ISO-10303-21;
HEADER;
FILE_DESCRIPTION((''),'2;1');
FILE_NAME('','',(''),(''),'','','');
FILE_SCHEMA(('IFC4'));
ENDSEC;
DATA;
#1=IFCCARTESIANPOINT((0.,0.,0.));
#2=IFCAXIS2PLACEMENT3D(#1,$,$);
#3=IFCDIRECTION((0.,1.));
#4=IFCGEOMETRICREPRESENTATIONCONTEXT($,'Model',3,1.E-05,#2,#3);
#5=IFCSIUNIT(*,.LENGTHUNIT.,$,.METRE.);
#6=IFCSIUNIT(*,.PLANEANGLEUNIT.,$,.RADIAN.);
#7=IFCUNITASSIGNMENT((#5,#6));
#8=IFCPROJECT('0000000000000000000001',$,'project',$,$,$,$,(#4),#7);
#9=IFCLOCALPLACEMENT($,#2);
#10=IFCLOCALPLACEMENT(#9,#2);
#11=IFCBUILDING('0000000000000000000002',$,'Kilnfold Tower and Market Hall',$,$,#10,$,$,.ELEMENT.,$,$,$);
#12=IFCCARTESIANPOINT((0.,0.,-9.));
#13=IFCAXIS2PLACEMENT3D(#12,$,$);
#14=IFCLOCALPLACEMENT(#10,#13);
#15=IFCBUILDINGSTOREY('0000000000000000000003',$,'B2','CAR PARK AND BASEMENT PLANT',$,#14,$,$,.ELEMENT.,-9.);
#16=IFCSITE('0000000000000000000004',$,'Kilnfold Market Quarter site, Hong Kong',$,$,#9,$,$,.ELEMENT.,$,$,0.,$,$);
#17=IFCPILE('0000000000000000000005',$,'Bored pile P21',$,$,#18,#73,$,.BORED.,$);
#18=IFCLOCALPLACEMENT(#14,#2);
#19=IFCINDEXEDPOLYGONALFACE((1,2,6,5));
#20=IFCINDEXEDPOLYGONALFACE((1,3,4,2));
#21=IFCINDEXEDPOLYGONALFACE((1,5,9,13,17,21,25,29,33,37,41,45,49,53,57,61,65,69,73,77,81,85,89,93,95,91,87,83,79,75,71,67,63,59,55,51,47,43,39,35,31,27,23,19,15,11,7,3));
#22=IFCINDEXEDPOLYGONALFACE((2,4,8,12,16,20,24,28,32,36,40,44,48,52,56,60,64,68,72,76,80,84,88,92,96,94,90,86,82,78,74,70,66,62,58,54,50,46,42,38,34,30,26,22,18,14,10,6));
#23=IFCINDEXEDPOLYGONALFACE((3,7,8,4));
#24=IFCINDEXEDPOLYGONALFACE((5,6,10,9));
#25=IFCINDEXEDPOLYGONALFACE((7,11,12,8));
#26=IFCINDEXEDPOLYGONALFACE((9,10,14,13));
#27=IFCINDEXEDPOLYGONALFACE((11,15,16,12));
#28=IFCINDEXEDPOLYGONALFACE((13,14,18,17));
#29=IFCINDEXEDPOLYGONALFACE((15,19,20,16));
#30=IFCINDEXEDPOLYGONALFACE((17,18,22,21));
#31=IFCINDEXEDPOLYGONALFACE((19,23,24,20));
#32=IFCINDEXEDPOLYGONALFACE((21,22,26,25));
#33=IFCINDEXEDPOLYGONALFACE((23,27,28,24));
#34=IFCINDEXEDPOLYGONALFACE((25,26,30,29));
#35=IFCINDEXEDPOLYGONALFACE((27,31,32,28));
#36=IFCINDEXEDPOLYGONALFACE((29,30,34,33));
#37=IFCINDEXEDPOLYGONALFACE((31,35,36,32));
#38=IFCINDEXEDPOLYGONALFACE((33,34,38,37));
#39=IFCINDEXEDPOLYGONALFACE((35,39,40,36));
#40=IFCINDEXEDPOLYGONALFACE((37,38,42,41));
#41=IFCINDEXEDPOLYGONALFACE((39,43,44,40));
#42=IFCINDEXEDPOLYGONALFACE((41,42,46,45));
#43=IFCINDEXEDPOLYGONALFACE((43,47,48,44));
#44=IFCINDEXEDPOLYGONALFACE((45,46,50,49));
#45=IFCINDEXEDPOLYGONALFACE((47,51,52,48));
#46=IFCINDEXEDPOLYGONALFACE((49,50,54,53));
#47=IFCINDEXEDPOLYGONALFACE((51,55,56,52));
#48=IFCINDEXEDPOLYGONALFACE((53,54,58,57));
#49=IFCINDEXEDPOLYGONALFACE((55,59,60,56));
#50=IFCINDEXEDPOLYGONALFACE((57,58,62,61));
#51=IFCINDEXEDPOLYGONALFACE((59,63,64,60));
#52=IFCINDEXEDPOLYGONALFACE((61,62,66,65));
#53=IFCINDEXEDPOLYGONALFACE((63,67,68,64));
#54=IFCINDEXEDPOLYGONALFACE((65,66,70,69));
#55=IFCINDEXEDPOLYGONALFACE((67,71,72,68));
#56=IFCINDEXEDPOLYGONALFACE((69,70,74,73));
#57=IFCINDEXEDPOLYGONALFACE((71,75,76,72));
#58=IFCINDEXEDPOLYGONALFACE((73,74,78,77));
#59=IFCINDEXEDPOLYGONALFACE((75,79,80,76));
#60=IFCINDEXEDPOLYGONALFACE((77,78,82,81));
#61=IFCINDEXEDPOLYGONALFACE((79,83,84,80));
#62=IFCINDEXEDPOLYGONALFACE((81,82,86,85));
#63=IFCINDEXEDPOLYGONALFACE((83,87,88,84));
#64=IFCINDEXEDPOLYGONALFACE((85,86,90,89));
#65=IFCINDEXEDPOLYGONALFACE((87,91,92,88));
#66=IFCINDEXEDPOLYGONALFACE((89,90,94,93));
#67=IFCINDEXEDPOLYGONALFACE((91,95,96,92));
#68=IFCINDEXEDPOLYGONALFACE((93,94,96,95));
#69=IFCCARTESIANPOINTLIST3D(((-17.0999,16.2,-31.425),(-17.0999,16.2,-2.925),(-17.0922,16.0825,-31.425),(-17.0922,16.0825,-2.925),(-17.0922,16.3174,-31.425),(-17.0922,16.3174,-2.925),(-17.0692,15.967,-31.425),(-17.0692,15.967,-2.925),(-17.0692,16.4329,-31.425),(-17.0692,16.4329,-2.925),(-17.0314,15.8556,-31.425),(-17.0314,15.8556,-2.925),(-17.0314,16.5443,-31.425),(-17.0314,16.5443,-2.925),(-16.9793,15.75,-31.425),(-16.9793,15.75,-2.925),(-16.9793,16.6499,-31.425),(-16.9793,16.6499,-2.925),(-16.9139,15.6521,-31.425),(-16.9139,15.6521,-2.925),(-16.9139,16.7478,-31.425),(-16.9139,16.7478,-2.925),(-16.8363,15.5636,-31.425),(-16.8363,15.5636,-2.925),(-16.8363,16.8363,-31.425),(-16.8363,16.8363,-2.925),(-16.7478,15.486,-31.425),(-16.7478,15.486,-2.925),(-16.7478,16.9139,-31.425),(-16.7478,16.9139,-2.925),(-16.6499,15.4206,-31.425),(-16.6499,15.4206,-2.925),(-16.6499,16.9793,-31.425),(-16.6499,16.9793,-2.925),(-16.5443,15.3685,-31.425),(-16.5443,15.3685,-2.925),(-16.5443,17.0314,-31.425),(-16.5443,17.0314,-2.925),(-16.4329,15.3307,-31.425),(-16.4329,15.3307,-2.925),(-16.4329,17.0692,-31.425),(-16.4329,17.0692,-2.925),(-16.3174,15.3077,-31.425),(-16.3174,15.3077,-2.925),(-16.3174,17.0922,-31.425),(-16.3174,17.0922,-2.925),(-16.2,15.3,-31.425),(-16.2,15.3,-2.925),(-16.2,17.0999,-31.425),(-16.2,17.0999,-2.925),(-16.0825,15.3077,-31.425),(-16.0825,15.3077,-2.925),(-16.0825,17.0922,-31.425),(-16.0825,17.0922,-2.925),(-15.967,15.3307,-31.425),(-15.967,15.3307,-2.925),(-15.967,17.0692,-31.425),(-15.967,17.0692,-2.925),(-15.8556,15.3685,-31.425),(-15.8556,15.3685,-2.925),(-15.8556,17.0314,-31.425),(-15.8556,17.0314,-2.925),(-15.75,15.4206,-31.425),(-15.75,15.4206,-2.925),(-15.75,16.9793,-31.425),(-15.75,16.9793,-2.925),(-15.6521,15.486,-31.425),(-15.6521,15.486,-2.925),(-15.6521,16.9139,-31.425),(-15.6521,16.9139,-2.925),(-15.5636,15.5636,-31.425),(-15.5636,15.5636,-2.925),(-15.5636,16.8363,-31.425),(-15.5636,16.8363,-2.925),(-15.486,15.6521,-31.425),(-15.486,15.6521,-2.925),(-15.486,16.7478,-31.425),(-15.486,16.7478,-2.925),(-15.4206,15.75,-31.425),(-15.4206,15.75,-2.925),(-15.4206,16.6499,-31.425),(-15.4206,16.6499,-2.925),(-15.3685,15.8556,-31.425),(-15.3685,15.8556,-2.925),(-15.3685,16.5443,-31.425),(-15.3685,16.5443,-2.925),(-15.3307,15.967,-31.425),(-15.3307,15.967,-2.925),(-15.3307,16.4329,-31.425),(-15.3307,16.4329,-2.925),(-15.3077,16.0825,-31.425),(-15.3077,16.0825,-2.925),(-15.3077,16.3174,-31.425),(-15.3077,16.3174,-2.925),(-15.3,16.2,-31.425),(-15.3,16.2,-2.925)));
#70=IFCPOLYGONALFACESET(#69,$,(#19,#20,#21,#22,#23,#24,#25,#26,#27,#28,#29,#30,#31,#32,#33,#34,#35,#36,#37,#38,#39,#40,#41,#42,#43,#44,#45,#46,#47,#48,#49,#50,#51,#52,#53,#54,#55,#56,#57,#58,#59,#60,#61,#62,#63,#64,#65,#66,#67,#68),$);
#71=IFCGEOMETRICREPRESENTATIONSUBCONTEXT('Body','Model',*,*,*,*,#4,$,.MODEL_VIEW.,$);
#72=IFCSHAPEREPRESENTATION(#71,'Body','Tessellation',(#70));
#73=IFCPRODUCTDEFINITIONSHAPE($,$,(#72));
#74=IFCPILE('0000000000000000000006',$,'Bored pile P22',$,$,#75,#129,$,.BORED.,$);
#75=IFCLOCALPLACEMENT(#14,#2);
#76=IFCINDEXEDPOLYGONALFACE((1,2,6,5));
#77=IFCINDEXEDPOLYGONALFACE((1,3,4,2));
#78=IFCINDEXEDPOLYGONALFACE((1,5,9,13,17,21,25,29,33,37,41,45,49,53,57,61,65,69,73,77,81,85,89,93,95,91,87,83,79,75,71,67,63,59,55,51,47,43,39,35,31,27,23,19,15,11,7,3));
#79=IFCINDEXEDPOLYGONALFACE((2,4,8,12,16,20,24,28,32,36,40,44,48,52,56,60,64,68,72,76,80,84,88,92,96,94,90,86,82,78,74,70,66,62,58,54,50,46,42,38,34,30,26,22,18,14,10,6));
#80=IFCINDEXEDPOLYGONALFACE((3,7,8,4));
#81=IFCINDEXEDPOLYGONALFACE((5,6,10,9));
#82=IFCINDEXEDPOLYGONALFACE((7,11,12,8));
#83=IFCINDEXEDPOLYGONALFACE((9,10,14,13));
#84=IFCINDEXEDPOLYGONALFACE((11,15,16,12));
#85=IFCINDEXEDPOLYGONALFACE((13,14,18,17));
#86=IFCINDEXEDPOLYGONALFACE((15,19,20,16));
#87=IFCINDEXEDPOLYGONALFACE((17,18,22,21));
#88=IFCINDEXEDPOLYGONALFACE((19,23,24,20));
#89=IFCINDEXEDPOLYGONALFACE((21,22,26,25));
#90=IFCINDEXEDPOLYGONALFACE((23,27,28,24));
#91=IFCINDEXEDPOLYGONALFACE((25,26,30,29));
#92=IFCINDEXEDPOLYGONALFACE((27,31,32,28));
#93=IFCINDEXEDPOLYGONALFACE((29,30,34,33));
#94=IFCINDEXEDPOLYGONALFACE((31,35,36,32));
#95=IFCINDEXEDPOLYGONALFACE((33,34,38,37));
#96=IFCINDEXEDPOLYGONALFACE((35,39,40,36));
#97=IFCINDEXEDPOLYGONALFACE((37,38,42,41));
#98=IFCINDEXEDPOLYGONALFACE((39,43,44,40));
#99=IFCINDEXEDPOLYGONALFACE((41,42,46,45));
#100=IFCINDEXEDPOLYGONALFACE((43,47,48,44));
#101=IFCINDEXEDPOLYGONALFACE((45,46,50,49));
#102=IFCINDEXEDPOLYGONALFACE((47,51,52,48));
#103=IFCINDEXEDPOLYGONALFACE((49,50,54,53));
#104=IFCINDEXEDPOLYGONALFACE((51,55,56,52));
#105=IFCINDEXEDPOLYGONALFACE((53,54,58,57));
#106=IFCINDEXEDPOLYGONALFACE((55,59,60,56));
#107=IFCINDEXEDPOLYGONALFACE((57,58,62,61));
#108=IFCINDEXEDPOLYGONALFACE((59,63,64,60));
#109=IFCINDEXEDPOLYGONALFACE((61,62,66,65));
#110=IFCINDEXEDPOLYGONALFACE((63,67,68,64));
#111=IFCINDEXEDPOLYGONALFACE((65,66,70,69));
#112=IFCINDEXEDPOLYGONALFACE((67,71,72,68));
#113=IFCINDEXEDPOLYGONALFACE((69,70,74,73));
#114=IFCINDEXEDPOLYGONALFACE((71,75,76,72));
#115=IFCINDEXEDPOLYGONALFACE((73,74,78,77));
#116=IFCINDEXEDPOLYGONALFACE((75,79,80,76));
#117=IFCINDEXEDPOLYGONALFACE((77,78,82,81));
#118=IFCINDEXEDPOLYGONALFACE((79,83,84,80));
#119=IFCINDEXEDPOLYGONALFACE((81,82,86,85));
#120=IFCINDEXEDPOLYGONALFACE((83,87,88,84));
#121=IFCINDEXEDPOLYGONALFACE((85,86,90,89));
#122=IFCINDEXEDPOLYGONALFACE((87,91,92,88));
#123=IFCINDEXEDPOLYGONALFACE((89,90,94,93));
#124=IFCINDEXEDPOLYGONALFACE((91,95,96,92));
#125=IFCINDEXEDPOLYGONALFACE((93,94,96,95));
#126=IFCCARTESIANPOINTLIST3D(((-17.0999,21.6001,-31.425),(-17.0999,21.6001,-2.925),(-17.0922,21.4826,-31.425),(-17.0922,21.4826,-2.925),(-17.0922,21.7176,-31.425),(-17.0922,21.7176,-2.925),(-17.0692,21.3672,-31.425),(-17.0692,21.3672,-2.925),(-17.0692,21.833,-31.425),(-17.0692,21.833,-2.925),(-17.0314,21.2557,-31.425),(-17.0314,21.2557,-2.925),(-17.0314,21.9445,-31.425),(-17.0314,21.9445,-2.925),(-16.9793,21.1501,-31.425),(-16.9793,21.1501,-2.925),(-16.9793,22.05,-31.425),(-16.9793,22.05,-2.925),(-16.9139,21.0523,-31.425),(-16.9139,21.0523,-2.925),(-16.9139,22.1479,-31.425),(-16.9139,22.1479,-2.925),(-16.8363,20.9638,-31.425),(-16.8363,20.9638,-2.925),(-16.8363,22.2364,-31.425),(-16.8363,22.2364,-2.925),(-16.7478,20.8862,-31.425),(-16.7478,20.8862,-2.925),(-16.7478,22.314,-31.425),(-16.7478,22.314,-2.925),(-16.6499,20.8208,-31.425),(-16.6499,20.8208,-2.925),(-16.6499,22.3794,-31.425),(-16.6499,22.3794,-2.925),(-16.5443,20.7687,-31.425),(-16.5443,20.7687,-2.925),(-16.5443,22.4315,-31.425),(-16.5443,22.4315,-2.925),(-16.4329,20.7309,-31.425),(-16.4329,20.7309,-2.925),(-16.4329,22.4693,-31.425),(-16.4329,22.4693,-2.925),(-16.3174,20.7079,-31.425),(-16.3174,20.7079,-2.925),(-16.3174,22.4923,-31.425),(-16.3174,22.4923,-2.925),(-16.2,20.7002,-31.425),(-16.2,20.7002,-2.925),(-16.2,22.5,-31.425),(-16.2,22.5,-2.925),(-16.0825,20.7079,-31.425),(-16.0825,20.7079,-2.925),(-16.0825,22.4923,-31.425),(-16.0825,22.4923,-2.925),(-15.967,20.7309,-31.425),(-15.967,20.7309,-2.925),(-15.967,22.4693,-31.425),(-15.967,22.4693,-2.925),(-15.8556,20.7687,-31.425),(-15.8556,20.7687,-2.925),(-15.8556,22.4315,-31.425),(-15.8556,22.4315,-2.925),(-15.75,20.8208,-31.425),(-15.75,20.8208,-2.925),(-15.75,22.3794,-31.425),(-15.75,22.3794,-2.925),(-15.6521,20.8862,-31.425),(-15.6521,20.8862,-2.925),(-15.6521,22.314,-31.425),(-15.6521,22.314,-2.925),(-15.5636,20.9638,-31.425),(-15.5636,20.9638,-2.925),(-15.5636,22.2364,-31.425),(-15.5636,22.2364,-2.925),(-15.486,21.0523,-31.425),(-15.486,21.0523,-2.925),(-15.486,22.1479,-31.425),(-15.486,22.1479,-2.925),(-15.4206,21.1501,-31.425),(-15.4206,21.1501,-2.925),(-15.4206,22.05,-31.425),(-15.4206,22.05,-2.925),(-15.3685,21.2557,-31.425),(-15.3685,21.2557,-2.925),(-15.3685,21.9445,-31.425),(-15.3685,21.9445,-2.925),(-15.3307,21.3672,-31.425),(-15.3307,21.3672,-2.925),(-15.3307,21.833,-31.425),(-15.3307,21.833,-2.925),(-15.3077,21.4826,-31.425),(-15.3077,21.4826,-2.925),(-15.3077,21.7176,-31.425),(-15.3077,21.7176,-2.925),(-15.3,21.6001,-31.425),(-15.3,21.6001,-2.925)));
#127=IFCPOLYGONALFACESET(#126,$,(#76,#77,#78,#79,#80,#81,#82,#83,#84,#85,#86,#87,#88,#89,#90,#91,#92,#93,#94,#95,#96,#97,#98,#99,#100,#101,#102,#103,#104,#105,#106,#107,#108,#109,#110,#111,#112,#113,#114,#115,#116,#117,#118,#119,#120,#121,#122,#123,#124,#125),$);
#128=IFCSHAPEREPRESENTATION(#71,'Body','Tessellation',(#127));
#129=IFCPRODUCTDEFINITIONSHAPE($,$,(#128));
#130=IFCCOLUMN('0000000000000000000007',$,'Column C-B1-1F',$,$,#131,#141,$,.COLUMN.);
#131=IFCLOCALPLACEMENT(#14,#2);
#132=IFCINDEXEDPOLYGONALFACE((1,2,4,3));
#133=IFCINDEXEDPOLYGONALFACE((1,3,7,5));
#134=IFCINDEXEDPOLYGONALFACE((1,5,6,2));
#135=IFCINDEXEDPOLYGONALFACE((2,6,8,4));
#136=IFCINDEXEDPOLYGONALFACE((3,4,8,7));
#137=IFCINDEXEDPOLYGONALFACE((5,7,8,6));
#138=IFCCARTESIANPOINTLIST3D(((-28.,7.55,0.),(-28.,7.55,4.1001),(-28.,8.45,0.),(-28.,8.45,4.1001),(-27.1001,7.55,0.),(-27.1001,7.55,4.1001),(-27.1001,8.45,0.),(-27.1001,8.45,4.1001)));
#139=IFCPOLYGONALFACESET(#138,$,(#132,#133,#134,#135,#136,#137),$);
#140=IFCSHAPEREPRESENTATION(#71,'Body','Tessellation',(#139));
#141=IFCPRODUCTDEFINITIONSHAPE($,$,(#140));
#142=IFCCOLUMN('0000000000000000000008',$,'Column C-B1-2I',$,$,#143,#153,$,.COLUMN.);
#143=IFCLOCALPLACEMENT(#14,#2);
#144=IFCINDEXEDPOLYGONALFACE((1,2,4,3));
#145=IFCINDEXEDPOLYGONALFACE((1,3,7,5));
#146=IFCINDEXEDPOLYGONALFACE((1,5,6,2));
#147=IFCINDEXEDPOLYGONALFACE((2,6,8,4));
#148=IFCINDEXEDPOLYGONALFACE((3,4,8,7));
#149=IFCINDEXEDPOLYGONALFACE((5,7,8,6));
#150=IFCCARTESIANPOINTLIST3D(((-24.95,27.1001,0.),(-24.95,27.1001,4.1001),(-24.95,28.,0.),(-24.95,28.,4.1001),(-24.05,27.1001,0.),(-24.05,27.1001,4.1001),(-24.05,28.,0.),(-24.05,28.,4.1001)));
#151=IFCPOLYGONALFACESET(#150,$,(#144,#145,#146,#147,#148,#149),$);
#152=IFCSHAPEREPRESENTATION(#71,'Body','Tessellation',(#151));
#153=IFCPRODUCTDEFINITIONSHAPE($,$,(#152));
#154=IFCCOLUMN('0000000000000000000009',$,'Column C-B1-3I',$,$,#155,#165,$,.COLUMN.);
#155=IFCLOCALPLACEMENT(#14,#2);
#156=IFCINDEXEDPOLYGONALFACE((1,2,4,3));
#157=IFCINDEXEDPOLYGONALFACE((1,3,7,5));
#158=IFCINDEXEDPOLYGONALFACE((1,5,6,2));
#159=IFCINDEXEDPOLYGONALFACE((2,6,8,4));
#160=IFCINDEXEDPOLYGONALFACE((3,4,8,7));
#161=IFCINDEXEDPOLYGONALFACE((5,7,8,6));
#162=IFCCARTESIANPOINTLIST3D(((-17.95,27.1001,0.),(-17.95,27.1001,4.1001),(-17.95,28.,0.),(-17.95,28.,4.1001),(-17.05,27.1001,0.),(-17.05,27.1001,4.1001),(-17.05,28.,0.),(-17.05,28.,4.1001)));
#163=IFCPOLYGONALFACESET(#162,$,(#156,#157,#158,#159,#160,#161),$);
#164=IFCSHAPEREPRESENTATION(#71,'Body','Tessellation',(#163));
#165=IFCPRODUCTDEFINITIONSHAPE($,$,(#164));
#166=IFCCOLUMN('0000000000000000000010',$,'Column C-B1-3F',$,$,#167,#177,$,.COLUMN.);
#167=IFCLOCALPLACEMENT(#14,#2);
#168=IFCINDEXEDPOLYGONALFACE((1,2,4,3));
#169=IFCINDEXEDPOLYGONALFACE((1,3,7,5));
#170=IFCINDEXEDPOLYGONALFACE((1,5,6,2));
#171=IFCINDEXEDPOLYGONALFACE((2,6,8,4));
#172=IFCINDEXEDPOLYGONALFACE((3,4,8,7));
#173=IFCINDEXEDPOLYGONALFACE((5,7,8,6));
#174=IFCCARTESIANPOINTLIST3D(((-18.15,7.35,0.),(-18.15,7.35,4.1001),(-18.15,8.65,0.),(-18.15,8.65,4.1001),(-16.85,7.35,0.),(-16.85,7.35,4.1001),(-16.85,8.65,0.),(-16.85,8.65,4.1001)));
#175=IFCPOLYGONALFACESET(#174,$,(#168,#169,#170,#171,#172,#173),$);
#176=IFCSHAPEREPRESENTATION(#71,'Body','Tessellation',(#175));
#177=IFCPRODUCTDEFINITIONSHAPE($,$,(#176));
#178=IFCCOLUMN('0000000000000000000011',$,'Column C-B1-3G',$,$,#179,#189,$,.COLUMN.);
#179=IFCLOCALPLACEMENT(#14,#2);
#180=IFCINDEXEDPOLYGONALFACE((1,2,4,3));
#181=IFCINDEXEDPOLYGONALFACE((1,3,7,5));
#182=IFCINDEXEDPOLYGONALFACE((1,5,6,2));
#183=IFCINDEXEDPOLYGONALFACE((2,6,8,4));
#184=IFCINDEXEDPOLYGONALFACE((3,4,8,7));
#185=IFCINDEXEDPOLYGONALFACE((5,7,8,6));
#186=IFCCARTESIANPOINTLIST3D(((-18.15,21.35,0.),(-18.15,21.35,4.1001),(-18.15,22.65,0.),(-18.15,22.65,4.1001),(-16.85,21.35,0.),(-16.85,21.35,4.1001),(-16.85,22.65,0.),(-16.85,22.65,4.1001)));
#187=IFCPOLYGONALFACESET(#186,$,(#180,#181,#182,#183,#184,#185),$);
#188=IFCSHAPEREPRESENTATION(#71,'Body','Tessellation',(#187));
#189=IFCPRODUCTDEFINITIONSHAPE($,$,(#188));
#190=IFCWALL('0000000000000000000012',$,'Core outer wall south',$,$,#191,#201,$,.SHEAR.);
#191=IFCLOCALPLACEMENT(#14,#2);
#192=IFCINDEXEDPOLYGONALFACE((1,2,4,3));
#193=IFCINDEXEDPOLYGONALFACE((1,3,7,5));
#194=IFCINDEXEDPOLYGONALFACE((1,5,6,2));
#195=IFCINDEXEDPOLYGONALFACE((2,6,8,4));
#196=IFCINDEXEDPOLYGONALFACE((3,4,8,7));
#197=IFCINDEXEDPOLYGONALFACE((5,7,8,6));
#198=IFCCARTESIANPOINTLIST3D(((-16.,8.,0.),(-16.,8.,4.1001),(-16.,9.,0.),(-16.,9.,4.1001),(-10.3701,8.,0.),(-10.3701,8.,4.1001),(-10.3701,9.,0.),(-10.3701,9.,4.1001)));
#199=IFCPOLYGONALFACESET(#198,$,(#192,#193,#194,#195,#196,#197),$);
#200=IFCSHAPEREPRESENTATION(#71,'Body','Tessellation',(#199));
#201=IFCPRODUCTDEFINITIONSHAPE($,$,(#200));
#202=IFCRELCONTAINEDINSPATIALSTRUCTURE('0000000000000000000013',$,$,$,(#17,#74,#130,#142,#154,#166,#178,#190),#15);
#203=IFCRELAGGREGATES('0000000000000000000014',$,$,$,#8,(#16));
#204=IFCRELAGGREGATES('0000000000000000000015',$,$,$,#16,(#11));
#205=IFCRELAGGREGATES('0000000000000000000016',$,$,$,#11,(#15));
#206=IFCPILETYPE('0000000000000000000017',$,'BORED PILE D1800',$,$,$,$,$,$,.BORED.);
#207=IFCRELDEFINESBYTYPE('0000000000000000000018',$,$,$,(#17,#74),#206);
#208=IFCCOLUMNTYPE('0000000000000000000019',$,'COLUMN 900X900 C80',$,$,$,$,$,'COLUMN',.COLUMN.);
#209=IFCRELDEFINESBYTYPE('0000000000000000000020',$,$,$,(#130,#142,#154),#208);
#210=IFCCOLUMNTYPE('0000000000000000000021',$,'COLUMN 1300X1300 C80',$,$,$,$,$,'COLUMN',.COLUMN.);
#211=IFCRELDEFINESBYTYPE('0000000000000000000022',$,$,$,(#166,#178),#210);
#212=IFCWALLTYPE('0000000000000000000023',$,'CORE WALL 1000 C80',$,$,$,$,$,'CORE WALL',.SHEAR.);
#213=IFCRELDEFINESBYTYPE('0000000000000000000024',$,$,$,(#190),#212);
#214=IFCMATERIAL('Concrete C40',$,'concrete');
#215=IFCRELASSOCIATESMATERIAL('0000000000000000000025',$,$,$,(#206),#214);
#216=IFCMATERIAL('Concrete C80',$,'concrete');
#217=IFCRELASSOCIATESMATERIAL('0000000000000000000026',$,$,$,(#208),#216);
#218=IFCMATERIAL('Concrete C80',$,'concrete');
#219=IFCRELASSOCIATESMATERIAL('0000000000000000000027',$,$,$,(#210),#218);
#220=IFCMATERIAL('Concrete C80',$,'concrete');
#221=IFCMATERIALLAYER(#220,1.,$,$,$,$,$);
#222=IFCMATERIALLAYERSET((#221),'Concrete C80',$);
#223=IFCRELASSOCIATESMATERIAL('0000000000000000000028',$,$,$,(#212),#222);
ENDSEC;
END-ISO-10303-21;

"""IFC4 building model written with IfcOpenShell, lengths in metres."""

from ifc_helpers import new_model, si_unit, direction, frame, frame_2d, origin, origin_2d, place, context, subcontext, project, spatial, rectangle, circle, extrude, source, transform, mapped, material, layer, layer_set, material_profile, profile_set, type_object, element, save


model = new_model("IFC4")

# Units and contexts
model_context = context("Model", 3, precision=1e-05, world=origin(), true_north=direction((0.0, 1.0)))
body_context = subcontext(model_context, "Body", "Model", "MODEL_VIEW")
ifc_project = project(units=[si_unit("LENGTHUNIT", "METRE"), si_unit("PLANEANGLEUNIT", "RADIAN")], contexts=[model_context])

# Site, building, storey
site_placement = place(None, origin())
site = spatial("IfcSite", under=ifc_project, at=site_placement, Name="Kilnfold Market Quarter site, Hong Kong", CompositionType="ELEMENT", RefElevation=0.0)
building_placement = place(site_placement, origin())
building = spatial("IfcBuilding", under=site, at=building_placement, Name="Kilnfold Tower and Market Hall", CompositionType="ELEMENT")
storey_placement = place(building_placement, frame((0.0, 0.0, -9.0)))
storey = spatial("IfcBuildingStorey", under=building, at=storey_placement, Name="B2", Description="CAR PARK AND BASEMENT PLANT", CompositionType="ELEMENT", Elevation=-9.0)

# Piles
ifc_material_1 = material(Name="Concrete C40", Category="concrete")
ifc_material_profile_1 = material_profile(ifc_material_1, circle(Radius=0.8999, at=origin_2d()), Name="RC D1800")
ifc_profile_set_1 = profile_set([ifc_material_profile_1], Name="Concrete C40")
pile_type = type_object("IfcPileType", Name="BORED PILE D1800", PredefinedType="BORED", material=ifc_profile_set_1)
shared_shape_1 = source(origin(), body_context, "Body", "SweptSolid", [
    extrude(circle(Radius=0.8999, at=origin_2d()), origin(), (0.0, 0.0, 1.0), 28.5),
])
for number, where, z_axis, x_axis, name in (
    (1, (-16.2, 16.2, -2.925), (0.0, 0.0, -1.0), (1.0, 0.0, 0.0), "Bored pile P21"),
    (2, (-16.2, 21.6001, -2.925), (0.0, 0.0, -1.0), (1.0, 0.0, 0.0), "Bored pile P22"),
):
    element("IfcPile", number, at=place(storey_placement, frame(where, z_axis=z_axis, x_axis=x_axis)), inside=storey, type_object=pile_type, Name=name, PredefinedType="BORED", context=body_context, shape_type="MappedRepresentation", body=[
        mapped(shared_shape_1, transform((0.0, 0.0, 0.0))),
    ])

# Columns
ifc_material_2 = material(Name="Concrete C80", Category="concrete")
ifc_material_profile_2 = material_profile(ifc_material_2, rectangle(XDim=0.8999, YDim=0.8999, at=origin_2d()), Name="RC 900x900")
ifc_profile_set_2 = profile_set([ifc_material_profile_2], Name="Concrete C80")
column_type_1 = type_object("IfcColumnType", Name="COLUMN 900X900 C80", ElementType="COLUMN", PredefinedType="COLUMN", material=ifc_profile_set_2)
shared_shape_2 = source(origin(), body_context, "Body", "SweptSolid", [
    extrude(rectangle(XDim=0.8999, YDim=0.8999, at=origin_2d()), origin(), (0.0, 0.0, 1.0), 4.1001),
])
for number, where, z_axis, x_axis, name in (
    (3, (-27.55, 8.0, 0.0), (0.0, 0.0, 1.0), (1.0, 0.0, 0.0), "Column C-B1-1F"),
    (4, (-24.5, 27.55, 0.0), (0.0, 0.0, 1.0), (1.0, 0.0, 0.0), "Column C-B1-2I"),
    (5, (-17.5, 27.55, 0.0), (0.0, 0.0, 1.0), (1.0, 0.0, 0.0), "Column C-B1-3I"),
):
    element("IfcColumn", number, at=place(storey_placement, frame(where, z_axis=z_axis, x_axis=x_axis)), inside=storey, type_object=column_type_1, Name=name, PredefinedType="COLUMN", context=body_context, shape_type="MappedRepresentation", body=[
        mapped(shared_shape_2, transform((0.0, 0.0, 0.0))),
    ])
ifc_material_3 = material(Name="Concrete C80", Category="concrete")
ifc_material_profile_3 = material_profile(ifc_material_3, rectangle(XDim=1.3, YDim=1.3, at=origin_2d()), Name="RC 1300x1300")
ifc_profile_set_3 = profile_set([ifc_material_profile_3], Name="Concrete C80")
column_type_2 = type_object("IfcColumnType", Name="COLUMN 1300X1300 C80", ElementType="COLUMN", PredefinedType="COLUMN", material=ifc_profile_set_3)
shared_shape_3 = source(origin(), body_context, "Body", "SweptSolid", [
    extrude(rectangle(XDim=1.3, YDim=1.3, at=origin_2d()), origin(), (0.0, 0.0, 1.0), 4.1001),
])
for number, where, z_axis, x_axis, name in (
    (6, (-17.5, 8.0, 0.0), (0.0, 0.0, 1.0), (1.0, 0.0, 0.0), "Column C-B1-3F"),
    (7, (-17.5, 22.0, 0.0), (0.0, 0.0, 1.0), (1.0, 0.0, 0.0), "Column C-B1-3G"),
):
    element("IfcColumn", number, at=place(storey_placement, frame(where, z_axis=z_axis, x_axis=x_axis)), inside=storey, type_object=column_type_2, Name=name, PredefinedType="COLUMN", context=body_context, shape_type="MappedRepresentation", body=[
        mapped(shared_shape_3, transform((0.0, 0.0, 0.0))),
    ])

# Wall
ifc_material_4 = material(Name="Concrete C80", Category="concrete")
ifc_layer_1 = layer(ifc_material_4, 1.0)
ifc_layer_set_1 = layer_set([ifc_layer_1], Name="Concrete C80")
wall_type_1 = type_object("IfcWallType", Name="CORE WALL 1000 C80", ElementType="CORE WALL", PredefinedType="SHEAR", material=ifc_layer_set_1)
shared_shape_4 = source(origin(), body_context, "Body", "SweptSolid", [
    extrude(rectangle(XDim=5.6299, YDim=1.0, at=frame_2d((2.8149, 0.0))), origin(), (0.0, 0.0, 1.0), 4.1001),
])
wall_1_placement = place(storey_placement, frame((-16.0, 8.5, 0.0), z_axis=(0.0, 0.0, 1.0), x_axis=(1.0, 0.0, 0.0)))
element("IfcWall", 8, at=wall_1_placement, inside=storey, type_object=wall_type_1, Name="Core outer wall south", PredefinedType="SHEAR", context=body_context, shape_type="MappedRepresentation", body=[
    mapped(shared_shape_4, transform((0.0, 0.0, 0.0))),
])

save(model, "model.ifc")
